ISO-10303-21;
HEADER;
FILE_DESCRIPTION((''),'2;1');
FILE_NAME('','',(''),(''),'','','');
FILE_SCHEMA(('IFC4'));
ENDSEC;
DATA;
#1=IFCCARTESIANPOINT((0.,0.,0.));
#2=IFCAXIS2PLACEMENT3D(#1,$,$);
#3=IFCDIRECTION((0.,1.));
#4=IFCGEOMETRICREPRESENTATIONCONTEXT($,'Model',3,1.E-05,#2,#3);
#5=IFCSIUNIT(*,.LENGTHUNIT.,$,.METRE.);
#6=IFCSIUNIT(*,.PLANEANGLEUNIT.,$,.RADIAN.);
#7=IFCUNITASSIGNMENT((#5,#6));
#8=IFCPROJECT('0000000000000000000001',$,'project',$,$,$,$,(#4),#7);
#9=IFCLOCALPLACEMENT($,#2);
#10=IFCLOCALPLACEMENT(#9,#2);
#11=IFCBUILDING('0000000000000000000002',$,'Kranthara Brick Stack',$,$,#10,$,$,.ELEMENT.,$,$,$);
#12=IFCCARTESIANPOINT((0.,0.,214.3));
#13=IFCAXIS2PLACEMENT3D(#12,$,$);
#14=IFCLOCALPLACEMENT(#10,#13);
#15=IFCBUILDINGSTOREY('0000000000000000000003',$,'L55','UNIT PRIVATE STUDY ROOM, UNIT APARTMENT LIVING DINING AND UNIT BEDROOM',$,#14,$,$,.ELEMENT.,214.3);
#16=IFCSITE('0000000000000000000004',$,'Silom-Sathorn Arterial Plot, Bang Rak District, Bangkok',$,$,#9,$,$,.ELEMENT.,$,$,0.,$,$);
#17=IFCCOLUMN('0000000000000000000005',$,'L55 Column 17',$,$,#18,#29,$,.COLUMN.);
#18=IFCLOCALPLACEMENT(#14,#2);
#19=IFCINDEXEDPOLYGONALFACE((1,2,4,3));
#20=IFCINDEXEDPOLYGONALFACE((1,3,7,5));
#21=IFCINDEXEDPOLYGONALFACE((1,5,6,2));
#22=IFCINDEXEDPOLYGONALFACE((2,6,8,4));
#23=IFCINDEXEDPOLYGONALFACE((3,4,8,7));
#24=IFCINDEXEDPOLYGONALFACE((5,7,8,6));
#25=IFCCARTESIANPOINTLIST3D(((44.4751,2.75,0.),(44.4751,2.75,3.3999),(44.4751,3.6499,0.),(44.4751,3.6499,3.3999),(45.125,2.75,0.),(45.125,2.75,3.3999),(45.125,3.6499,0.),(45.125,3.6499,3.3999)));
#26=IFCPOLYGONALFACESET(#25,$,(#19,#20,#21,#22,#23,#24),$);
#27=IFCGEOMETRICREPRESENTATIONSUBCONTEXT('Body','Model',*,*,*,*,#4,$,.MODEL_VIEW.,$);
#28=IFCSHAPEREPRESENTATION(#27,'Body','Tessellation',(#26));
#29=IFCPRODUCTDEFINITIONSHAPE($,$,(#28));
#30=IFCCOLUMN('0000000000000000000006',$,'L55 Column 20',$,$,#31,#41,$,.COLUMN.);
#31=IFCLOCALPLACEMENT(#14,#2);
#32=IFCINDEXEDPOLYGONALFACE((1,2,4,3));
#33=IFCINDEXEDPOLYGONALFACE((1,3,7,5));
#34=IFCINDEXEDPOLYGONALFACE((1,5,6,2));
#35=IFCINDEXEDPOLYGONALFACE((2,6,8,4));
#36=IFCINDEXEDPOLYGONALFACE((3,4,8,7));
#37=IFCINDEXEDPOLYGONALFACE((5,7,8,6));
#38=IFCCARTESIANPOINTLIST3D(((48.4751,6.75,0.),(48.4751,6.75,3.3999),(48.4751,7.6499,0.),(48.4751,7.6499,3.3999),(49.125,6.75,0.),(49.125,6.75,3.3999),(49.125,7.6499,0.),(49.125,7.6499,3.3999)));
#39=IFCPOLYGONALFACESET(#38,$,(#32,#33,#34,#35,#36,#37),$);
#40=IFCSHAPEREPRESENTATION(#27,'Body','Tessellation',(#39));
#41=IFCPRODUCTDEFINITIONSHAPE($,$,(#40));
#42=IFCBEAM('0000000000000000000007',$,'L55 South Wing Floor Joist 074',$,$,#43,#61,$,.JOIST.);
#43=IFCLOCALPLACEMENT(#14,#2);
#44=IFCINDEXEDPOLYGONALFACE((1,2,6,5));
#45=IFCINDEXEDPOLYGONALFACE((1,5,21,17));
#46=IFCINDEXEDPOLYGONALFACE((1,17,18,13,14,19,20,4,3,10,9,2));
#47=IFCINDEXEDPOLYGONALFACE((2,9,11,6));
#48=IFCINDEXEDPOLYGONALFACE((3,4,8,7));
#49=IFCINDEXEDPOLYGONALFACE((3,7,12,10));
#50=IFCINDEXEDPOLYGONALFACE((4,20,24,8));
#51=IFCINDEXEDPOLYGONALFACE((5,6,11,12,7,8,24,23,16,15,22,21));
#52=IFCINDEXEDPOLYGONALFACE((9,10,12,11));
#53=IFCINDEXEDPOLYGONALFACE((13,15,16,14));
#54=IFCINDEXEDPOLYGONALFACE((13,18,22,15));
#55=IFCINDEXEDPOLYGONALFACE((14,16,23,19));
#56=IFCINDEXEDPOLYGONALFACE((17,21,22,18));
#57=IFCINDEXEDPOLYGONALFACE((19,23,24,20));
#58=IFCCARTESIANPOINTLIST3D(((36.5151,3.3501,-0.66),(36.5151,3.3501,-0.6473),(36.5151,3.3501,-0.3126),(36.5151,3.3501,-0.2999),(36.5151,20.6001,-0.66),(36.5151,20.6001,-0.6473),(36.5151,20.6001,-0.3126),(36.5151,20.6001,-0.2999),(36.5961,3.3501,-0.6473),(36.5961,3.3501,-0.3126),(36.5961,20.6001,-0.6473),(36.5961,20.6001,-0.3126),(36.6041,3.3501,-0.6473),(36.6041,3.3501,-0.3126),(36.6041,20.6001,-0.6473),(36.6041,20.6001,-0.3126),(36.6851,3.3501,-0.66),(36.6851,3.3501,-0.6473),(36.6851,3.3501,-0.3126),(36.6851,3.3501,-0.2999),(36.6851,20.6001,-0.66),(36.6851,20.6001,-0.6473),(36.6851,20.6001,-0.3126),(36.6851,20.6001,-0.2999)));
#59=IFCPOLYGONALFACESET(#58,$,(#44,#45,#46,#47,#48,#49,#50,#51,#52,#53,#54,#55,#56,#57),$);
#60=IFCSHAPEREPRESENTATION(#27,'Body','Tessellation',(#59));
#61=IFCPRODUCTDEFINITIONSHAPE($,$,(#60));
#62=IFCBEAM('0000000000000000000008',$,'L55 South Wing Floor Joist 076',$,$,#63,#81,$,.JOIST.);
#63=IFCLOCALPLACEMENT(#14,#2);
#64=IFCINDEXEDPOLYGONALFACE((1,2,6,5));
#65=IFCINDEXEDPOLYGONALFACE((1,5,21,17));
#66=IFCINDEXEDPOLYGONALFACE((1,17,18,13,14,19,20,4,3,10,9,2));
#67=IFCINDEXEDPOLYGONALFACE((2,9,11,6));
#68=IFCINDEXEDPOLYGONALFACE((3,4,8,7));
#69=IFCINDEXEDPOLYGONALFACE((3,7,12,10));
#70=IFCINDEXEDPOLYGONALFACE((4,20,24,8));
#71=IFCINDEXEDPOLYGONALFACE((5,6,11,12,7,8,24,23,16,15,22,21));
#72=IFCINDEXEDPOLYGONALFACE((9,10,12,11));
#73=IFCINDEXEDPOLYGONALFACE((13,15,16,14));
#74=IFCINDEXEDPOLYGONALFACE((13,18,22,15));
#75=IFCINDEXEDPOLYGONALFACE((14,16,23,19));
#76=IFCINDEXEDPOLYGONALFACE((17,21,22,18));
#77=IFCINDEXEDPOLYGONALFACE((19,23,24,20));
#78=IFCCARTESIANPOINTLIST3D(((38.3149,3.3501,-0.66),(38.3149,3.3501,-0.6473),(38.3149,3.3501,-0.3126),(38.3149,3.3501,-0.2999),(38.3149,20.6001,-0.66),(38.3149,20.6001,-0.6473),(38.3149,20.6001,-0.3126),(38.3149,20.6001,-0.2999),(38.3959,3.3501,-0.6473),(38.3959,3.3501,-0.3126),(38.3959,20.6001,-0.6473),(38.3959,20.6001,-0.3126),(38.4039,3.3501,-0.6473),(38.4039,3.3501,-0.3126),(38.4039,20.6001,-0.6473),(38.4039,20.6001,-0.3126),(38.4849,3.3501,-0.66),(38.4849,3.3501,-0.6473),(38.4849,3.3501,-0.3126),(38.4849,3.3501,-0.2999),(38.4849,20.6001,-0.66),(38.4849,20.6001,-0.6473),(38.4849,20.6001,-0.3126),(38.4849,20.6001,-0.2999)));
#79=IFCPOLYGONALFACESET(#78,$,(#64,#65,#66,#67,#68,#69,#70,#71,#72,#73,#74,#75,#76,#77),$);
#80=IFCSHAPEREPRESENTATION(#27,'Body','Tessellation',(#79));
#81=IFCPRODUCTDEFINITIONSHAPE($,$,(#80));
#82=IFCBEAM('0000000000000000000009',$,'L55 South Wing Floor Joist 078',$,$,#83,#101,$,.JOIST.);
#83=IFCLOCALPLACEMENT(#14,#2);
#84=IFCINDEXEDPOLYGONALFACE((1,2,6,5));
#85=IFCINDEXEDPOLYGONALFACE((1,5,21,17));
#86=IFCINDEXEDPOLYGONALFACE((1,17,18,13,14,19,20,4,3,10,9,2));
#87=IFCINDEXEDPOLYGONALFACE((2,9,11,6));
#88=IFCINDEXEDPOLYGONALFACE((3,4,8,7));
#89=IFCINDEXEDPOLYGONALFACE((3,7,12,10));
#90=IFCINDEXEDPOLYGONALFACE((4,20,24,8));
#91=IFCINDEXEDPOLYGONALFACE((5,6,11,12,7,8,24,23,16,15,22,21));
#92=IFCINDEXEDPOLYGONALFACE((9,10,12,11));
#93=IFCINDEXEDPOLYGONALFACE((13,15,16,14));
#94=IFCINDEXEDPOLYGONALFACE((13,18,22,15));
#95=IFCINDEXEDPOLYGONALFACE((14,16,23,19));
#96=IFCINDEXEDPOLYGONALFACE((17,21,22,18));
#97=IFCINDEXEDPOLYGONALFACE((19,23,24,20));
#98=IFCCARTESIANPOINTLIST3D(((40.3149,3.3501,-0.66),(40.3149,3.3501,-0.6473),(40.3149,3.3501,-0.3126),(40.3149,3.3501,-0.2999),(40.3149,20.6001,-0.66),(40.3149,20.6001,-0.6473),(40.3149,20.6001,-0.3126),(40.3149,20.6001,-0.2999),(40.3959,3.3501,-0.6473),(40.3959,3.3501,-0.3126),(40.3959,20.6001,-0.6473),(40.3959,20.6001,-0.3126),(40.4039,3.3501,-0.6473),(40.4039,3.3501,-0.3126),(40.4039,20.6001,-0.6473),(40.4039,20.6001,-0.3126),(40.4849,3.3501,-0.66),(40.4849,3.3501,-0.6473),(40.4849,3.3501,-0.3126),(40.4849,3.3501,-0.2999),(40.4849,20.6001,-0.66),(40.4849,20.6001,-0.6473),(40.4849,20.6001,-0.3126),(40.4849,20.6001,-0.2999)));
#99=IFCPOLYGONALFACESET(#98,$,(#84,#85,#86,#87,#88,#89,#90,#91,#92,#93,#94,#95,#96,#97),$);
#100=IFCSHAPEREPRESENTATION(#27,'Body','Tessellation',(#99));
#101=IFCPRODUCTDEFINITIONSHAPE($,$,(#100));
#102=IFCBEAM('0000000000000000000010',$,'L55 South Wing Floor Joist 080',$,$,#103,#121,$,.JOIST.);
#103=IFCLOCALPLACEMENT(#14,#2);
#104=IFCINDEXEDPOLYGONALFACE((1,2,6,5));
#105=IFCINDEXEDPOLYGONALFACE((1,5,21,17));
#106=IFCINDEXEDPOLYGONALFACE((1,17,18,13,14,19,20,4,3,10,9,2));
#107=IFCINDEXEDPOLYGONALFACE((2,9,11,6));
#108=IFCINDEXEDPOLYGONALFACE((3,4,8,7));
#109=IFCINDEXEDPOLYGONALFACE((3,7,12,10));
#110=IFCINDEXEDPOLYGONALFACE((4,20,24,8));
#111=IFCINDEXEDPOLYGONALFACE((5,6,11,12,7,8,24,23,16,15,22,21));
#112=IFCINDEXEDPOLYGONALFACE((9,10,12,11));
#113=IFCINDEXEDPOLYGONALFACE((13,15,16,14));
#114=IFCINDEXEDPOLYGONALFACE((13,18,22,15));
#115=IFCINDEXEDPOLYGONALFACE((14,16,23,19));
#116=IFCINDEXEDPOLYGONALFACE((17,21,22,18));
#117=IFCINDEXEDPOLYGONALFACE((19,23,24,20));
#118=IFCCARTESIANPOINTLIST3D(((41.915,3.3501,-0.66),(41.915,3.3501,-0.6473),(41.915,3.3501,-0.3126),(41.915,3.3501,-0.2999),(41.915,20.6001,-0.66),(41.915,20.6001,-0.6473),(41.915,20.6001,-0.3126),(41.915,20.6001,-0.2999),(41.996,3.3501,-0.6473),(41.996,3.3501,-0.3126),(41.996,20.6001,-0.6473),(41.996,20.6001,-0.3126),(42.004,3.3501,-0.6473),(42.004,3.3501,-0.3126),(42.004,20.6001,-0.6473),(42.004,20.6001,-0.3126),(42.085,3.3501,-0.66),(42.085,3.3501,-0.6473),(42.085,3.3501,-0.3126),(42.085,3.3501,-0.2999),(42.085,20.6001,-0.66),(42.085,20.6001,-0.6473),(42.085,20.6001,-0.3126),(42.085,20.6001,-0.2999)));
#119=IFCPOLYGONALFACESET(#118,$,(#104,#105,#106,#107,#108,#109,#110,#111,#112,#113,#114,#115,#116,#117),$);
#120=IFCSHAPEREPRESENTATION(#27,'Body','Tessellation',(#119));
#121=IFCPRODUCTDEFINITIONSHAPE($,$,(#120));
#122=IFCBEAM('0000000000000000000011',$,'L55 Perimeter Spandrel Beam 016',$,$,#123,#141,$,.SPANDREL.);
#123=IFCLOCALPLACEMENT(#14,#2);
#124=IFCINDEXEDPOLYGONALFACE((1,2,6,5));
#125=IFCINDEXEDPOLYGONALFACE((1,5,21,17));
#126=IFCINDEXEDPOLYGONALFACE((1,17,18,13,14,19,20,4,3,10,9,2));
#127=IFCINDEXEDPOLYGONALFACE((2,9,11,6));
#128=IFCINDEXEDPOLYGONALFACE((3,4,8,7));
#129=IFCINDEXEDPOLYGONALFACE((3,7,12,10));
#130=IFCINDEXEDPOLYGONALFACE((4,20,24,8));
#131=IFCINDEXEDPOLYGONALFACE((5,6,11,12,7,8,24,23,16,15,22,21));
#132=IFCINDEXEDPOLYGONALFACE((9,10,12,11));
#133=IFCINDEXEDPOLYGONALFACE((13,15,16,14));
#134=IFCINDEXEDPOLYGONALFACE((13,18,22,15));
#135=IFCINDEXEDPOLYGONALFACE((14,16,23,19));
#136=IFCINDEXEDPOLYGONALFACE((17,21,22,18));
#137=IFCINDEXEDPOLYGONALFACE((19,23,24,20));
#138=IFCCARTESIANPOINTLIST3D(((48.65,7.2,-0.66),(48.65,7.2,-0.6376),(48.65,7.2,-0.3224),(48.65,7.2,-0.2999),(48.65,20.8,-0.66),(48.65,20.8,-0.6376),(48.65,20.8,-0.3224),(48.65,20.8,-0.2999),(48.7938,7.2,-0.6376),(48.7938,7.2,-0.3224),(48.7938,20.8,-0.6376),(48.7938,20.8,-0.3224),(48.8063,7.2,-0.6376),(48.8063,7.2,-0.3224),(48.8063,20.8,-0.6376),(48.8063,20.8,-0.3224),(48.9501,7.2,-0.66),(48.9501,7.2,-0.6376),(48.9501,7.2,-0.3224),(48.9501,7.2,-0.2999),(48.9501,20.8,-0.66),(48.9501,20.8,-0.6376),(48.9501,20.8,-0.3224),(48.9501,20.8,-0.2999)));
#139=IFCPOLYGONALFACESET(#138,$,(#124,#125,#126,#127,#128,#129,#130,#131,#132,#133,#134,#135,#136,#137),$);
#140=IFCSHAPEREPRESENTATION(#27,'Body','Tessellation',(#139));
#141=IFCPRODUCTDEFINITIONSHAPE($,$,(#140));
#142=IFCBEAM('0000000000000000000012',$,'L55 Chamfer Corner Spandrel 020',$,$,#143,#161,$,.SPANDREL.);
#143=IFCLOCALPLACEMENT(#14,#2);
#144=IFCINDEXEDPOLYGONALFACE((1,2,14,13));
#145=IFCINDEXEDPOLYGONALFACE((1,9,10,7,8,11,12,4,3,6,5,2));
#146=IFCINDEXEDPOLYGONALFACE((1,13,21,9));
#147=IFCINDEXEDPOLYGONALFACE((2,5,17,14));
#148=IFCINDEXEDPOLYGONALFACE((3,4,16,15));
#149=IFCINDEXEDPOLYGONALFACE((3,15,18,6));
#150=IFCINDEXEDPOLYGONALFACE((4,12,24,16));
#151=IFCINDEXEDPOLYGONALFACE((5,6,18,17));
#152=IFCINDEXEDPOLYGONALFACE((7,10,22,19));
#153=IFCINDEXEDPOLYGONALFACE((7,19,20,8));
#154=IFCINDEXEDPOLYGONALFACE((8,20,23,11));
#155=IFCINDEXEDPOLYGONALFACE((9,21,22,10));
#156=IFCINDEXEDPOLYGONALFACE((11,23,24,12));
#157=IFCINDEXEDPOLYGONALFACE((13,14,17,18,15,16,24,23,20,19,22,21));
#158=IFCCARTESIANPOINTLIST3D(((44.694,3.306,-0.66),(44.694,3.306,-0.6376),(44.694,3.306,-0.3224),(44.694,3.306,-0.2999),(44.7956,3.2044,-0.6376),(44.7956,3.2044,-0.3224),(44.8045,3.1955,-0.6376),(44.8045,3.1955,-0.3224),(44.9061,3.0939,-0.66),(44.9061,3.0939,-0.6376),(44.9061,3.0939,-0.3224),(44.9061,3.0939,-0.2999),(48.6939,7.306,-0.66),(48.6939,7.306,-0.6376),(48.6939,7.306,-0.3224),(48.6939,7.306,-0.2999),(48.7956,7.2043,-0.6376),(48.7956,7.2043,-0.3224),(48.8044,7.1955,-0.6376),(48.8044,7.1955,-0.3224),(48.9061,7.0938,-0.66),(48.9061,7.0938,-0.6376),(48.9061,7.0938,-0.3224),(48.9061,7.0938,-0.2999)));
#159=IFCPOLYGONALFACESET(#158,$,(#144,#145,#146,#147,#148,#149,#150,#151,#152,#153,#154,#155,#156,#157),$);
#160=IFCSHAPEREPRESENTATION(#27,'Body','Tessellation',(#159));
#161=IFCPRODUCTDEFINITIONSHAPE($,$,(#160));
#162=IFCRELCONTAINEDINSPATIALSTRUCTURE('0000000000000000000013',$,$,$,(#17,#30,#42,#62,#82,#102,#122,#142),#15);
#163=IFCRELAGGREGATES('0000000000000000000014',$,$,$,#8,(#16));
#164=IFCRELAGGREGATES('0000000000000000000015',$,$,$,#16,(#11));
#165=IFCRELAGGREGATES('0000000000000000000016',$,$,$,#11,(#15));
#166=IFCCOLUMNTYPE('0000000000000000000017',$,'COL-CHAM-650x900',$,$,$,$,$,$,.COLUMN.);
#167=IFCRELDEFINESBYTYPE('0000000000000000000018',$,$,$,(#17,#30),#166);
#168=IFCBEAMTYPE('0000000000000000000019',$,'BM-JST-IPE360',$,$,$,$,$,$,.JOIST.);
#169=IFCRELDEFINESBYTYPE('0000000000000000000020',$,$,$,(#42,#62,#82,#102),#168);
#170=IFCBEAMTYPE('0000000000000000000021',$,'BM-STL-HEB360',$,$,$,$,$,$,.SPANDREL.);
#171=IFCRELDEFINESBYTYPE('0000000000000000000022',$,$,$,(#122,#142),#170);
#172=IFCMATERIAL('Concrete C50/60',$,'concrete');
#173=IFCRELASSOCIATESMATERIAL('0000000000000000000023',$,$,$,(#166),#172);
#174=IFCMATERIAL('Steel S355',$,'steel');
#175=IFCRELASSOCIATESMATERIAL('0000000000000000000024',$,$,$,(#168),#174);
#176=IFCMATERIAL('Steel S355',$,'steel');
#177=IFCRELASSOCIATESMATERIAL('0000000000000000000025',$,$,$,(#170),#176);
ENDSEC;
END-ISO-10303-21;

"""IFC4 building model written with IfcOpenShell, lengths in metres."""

from ifc_helpers import new_model, si_unit, direction, frame, origin, origin_2d, place, context, subcontext, project, spatial, rectangle, i_section, extrude, material, material_profile, profile_set, type_object, element, save


model = new_model("IFC4")

# Units and contexts
model_context = context("Model", 3, precision=1e-05, world=origin(), true_north=direction((0.0, 1.0)))
body_context = subcontext(model_context, "Body", "Model", "MODEL_VIEW")
ifc_project = project(units=[si_unit("LENGTHUNIT", "METRE"), si_unit("PLANEANGLEUNIT", "RADIAN")], contexts=[model_context])

# Site, building, storey
site_placement = place(None, origin())
site = spatial("IfcSite", under=ifc_project, at=site_placement, Name="Silom-Sathorn Arterial Plot, Bang Rak District, Bangkok", CompositionType="ELEMENT", RefElevation=0.0)
building_placement = place(site_placement, origin())
building = spatial("IfcBuilding", under=site, at=building_placement, Name="Kranthara Brick Stack", CompositionType="ELEMENT")
storey_placement = place(building_placement, frame((0.0, 0.0, 214.3)))
storey = spatial("IfcBuildingStorey", under=building, at=storey_placement, Name="L55", Description="UNIT PRIVATE STUDY ROOM, UNIT APARTMENT LIVING DINING AND UNIT BEDROOM", CompositionType="ELEMENT", Elevation=214.3)

# Columns
ifc_material_1 = material(Name="Concrete C50/60", Category="concrete")
ifc_material_profile_1 = material_profile(ifc_material_1, rectangle(XDim=0.6499, YDim=0.8999, at=origin_2d()), Name="RC 650x900")
ifc_profile_set_1 = profile_set([ifc_material_profile_1], Name="Concrete C50/60")
column_type = type_object("IfcColumnType", Name="COL-CHAM-650x900", PredefinedType="COLUMN", material=ifc_profile_set_1)
for number, where, z_axis, x_axis, name in (
    (1, (44.8, 3.2, 0.0), (0.0, 0.0, 1.0), (1.0, 0.0, 0.0), "L55 Column 17"),
    (2, (48.8, 7.2, 0.0), (0.0, 0.0, 1.0), (1.0, 0.0, 0.0), "L55 Column 20"),
):
    element("IfcColumn", number, at=place(storey_placement, frame(where, z_axis=z_axis, x_axis=x_axis)), inside=storey, type_object=column_type, Name=name, PredefinedType="COLUMN", context=body_context, shape_type="SweptSolid", body=[
        extrude(rectangle(XDim=0.6499, YDim=0.8999, at=origin_2d()), origin(), (0.0, 0.0, 1.0), 3.3999),
    ])

# Beams
ifc_material_2 = material(Name="Steel S355", Category="steel")
ifc_material_profile_2 = material_profile(ifc_material_2, i_section(OverallWidth=0.1699, OverallDepth=0.3601, WebThickness=0.0081, FlangeThickness=0.0127, at=origin_2d()), Name="IPE 360")
ifc_profile_set_2 = profile_set([ifc_material_profile_2], Name="Steel S355")
beam_type_1 = type_object("IfcBeamType", Name="BM-JST-IPE360", PredefinedType="JOIST", material=ifc_profile_set_2)
for number, where, z_axis, x_axis, name in (
    (3, (36.6001, 3.3501, -0.48), (0.0, 1.0, 0.0), (-1.0, 0.0, 0.0), "L55 South Wing Floor Joist 074"),
    (4, (38.3999, 3.3501, -0.48), (0.0, 1.0, 0.0), (-1.0, 0.0, 0.0), "L55 South Wing Floor Joist 076"),
    (5, (40.3999, 3.3501, -0.48), (0.0, 1.0, 0.0), (-1.0, 0.0, 0.0), "L55 South Wing Floor Joist 078"),
    (6, (42.0, 3.3501, -0.48), (0.0, 1.0, 0.0), (-1.0, 0.0, 0.0), "L55 South Wing Floor Joist 080"),
):
    element("IfcBeam", number, at=place(storey_placement, frame(where, z_axis=z_axis, x_axis=x_axis)), inside=storey, type_object=beam_type_1, Name=name, PredefinedType="JOIST", context=body_context, shape_type="SweptSolid", body=[
        extrude(i_section(OverallWidth=0.1699, OverallDepth=0.3601, WebThickness=0.0081, FlangeThickness=0.0127, at=origin_2d()), origin(), (0.0, 0.0, 1.0), 17.25),
    ])
ifc_material_3 = material(Name="Steel S355", Category="steel")
ifc_material_profile_3 = material_profile(ifc_material_3, i_section(OverallWidth=0.3, OverallDepth=0.3601, WebThickness=0.0125, FlangeThickness=0.0225, at=origin_2d()), Name="HEB 360")
ifc_profile_set_3 = profile_set([ifc_material_profile_3], Name="Steel S355")
beam_type_2 = type_object("IfcBeamType", Name="BM-STL-HEB360", PredefinedType="SPANDREL", material=ifc_profile_set_3)
beam_1_placement = place(storey_placement, frame((48.8, 7.2, -0.48), z_axis=(0.0, 1.0, 0.0), x_axis=(-1.0, 0.0, 0.0)))
element("IfcBeam", 7, at=beam_1_placement, inside=storey, type_object=beam_type_2, Name="L55 Perimeter Spandrel Beam 016", PredefinedType="SPANDREL", context=body_context, shape_type="SweptSolid", body=[
    extrude(i_section(OverallWidth=0.3, OverallDepth=0.3601, WebThickness=0.0125, FlangeThickness=0.0225, at=origin_2d()), origin(), (0.0, 0.0, 1.0), 13.6001),
])
beam_2_placement = place(storey_placement, frame((44.8, 3.2, -0.48), z_axis=(0.707107, 0.707107, 0.0), x_axis=(-0.707107, 0.707107, 0.0)))
element("IfcBeam", 8, at=beam_2_placement, inside=storey, type_object=beam_type_2, Name="L55 Chamfer Corner Spandrel 020", PredefinedType="SPANDREL", context=body_context, shape_type="SweptSolid", body=[
    extrude(i_section(OverallWidth=0.3, OverallDepth=0.3601, WebThickness=0.0125, FlangeThickness=0.0225, at=origin_2d()), origin(), (0.0, 0.0, 1.0), 5.6567),
])

save(model, "model.ifc")
